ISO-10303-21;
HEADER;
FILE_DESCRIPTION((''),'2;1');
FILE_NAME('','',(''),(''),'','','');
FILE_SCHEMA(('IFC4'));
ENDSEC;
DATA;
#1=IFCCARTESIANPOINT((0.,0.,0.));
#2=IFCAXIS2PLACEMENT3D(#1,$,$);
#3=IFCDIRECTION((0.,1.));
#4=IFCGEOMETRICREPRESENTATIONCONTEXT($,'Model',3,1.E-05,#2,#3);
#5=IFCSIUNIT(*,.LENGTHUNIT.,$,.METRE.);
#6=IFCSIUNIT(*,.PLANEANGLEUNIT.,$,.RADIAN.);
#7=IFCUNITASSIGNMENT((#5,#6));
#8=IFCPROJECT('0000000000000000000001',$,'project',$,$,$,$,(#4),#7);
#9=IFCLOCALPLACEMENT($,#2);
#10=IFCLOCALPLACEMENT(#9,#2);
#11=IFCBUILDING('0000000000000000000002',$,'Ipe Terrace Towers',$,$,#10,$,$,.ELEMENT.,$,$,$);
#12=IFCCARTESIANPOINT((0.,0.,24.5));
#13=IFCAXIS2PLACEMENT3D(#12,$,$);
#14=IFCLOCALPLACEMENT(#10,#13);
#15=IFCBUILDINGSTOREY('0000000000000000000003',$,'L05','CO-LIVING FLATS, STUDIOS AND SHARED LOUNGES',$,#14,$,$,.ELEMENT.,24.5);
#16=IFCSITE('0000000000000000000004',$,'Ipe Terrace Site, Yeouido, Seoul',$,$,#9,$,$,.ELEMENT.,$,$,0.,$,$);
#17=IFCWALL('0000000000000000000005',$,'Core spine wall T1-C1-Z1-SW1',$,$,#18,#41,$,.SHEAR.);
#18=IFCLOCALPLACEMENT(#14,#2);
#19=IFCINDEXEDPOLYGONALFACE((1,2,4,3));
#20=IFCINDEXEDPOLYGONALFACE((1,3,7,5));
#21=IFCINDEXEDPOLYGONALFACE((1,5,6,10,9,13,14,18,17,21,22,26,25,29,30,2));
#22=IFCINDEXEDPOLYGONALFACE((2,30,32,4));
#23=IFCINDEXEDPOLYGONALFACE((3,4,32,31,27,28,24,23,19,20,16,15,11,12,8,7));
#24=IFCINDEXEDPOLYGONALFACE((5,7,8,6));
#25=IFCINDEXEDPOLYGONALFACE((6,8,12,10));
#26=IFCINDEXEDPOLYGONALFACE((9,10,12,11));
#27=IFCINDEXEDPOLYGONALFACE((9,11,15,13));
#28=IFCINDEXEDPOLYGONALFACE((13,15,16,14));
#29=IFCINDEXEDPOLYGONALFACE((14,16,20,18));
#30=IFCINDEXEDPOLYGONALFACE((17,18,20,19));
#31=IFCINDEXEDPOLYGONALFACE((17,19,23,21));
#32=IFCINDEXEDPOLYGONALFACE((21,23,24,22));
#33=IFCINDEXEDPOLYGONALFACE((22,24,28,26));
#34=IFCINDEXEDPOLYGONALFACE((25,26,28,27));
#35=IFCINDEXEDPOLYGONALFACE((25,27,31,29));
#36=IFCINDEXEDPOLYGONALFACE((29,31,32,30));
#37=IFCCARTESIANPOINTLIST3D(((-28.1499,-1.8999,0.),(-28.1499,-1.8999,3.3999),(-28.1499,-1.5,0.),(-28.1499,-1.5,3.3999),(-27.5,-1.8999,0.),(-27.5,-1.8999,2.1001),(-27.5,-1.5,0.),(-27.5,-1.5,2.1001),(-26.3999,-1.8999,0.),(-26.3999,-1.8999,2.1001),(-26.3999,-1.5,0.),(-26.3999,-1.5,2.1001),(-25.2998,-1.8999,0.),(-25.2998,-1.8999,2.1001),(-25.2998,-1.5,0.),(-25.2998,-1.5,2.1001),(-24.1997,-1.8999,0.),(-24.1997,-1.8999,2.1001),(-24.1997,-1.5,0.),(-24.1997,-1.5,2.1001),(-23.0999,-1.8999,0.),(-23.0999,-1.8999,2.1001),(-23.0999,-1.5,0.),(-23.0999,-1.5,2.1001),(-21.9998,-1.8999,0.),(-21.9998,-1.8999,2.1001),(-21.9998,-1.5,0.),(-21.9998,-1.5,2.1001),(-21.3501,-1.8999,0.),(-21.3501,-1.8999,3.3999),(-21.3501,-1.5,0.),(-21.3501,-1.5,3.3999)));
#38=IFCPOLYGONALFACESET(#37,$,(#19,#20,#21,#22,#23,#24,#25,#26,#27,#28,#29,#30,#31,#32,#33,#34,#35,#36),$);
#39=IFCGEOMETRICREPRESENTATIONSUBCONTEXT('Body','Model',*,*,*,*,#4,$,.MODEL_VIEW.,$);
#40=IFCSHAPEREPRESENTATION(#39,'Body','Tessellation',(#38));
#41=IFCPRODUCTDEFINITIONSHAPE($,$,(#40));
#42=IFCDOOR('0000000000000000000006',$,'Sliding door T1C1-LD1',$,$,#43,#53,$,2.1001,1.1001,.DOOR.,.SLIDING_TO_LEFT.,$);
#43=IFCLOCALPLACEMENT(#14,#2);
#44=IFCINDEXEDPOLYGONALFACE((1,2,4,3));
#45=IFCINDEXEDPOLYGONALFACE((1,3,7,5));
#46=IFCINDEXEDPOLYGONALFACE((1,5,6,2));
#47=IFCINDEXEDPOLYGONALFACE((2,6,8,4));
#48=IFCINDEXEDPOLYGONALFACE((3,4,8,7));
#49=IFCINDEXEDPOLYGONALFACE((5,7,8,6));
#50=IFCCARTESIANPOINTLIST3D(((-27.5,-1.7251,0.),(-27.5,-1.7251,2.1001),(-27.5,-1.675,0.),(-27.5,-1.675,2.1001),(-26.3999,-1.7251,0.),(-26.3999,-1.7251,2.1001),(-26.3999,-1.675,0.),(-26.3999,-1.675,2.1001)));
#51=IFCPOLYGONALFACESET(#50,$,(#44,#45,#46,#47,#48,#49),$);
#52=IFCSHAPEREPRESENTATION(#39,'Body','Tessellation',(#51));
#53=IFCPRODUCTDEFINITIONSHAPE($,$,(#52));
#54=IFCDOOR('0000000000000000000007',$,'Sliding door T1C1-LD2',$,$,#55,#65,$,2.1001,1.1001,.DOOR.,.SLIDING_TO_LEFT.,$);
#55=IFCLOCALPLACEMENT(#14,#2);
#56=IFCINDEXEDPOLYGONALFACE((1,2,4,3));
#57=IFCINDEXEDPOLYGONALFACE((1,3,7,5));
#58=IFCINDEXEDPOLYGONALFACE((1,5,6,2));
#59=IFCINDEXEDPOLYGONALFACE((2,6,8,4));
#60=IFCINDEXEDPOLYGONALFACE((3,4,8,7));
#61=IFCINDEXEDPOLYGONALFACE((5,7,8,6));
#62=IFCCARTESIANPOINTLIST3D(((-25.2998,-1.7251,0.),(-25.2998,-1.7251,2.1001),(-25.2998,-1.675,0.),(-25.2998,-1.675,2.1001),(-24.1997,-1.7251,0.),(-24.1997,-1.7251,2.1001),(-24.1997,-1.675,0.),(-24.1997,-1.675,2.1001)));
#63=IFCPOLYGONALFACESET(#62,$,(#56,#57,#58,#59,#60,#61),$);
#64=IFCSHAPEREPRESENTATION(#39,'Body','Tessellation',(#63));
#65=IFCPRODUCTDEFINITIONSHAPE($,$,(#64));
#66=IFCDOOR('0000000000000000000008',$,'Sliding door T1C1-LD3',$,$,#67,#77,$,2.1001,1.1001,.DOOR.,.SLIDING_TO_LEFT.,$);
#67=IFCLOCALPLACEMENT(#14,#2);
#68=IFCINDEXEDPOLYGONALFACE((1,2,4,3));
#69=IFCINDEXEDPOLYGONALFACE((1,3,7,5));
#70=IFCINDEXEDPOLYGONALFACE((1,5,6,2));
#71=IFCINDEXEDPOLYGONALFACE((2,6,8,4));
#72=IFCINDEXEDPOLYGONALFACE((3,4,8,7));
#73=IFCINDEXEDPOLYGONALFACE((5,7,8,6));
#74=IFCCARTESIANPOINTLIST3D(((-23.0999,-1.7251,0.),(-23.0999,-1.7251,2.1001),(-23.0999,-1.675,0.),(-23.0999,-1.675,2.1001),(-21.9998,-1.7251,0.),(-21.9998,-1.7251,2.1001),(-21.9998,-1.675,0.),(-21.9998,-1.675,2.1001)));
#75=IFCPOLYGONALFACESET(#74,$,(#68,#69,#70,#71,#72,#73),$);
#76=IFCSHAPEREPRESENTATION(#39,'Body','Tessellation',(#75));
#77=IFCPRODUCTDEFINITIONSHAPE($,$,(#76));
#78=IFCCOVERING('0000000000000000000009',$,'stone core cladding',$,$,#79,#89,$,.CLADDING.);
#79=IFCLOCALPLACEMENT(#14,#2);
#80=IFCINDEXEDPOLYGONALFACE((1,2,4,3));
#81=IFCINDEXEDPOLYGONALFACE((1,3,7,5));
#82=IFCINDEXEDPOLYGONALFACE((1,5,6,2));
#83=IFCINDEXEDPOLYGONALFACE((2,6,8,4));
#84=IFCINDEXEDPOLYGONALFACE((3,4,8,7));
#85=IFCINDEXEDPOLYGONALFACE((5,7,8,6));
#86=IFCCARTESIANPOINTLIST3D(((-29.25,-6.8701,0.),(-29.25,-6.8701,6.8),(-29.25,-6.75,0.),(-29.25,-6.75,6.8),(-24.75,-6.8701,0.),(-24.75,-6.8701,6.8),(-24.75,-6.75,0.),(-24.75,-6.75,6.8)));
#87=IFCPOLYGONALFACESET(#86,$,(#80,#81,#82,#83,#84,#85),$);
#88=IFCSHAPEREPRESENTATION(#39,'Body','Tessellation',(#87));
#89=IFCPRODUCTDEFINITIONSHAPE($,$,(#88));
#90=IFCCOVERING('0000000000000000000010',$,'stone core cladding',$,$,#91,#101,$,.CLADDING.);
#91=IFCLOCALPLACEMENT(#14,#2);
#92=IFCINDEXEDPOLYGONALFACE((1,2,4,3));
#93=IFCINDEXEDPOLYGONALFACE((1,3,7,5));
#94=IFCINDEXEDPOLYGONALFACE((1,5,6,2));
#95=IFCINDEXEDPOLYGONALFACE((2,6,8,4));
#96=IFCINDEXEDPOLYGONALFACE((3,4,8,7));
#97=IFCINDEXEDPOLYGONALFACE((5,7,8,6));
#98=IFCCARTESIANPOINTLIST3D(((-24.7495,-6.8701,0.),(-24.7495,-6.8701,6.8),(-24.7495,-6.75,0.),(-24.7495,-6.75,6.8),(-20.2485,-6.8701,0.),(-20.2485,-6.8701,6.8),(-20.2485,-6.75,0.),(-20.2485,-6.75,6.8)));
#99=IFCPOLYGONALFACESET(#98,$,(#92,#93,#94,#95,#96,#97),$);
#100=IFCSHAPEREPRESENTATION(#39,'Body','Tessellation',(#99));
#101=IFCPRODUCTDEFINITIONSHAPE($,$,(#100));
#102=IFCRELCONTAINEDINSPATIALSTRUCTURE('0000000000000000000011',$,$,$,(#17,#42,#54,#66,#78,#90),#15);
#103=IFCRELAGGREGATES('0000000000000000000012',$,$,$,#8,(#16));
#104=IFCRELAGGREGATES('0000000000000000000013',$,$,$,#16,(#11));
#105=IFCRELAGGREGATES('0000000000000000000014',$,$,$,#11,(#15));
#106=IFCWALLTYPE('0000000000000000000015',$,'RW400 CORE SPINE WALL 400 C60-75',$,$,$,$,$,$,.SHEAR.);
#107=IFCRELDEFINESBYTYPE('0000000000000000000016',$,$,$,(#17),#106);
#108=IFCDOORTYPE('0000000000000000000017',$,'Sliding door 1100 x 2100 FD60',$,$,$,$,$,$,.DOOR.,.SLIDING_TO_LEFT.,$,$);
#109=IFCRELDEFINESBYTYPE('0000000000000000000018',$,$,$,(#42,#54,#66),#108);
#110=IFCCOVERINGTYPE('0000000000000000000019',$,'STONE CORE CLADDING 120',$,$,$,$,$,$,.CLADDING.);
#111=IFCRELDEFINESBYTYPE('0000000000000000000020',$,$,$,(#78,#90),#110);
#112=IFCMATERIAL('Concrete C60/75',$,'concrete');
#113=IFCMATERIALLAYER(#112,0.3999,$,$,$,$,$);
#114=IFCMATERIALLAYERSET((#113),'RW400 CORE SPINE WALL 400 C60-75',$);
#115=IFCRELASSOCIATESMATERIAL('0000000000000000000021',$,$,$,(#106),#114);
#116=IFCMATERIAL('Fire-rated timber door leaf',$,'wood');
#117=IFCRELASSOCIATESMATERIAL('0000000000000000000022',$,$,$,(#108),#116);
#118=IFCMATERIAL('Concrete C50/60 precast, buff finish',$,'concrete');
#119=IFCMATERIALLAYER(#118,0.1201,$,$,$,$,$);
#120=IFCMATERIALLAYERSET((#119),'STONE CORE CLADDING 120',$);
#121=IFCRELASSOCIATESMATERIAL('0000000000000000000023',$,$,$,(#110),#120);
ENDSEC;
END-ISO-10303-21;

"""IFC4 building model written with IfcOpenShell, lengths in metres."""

from ifc_helpers import new_model, si_unit, direction, frame, frame_2d, origin, origin_2d, place, context, subcontext, project, spatial, rectangle, extrude, material, layer, layer_set, type_object, element, fill, save


model = new_model("IFC4")

# Units and contexts
model_context = context("Model", 3, precision=1e-05, world=origin(), true_north=direction((0.0, 1.0)))
body_context = subcontext(model_context, "Body", "Model", "MODEL_VIEW")
ifc_project = project(units=[si_unit("LENGTHUNIT", "METRE"), si_unit("PLANEANGLEUNIT", "RADIAN")], contexts=[model_context])

# Site, building, storey
site_placement = place(None, origin())
site = spatial("IfcSite", under=ifc_project, at=site_placement, Name="Ipe Terrace Site, Yeouido, Seoul", CompositionType="ELEMENT", RefElevation=0.0)
building_placement = place(site_placement, origin())
building = spatial("IfcBuilding", under=site, at=building_placement, Name="Ipe Terrace Towers", CompositionType="ELEMENT")
storey_placement = place(building_placement, frame((0.0, 0.0, 24.5)))
storey = spatial("IfcBuildingStorey", under=building, at=storey_placement, Name="L05", Description="CO-LIVING FLATS, STUDIOS AND SHARED LOUNGES", CompositionType="ELEMENT", Elevation=24.5)

# Wall, openings, doors
ifc_material_1 = material(Name="Concrete C60/75", Category="concrete")
ifc_layer_1 = layer(ifc_material_1, 0.3999)
ifc_layer_set_1 = layer_set([ifc_layer_1], Name="RW400 CORE SPINE WALL 400 C60-75")
wall_type_1 = type_object("IfcWallType", Name="RW400 CORE SPINE WALL 400 C60-75", PredefinedType="SHEAR", material=ifc_layer_set_1)
wall_1_placement = place(storey_placement, frame((-28.1499, -1.7, 0.0), z_axis=(0.0, 0.0, 1.0), x_axis=(1.0, 0.0, 0.0)))
wall_1 = element("IfcWall", 1, at=wall_1_placement, inside=storey, type_object=wall_type_1, Name="Core spine wall T1-C1-Z1-SW1", PredefinedType="SHEAR", context=body_context, shape_type="SweptSolid", body=[
    extrude(rectangle(XDim=6.7998, YDim=0.3999, at=frame_2d((3.3999, 0.0))), origin(), (0.0, 0.0, 1.0), 3.3999),
])
opening_1_placement = place(wall_1_placement, frame((0.6499, 0.0, 0.0)))
opening_1 = element("IfcOpeningElement", 2, at=opening_1_placement, cuts=wall_1, PredefinedType="OPENING", context=body_context, shape_type="SweptSolid", body=[
    extrude(rectangle(XDim=1.1001, YDim=2.1001, at=frame_2d((0.55, 1.05))), frame((0.0, 0.21, 0.0), z_axis=(0.0, -1.0, 0.0), x_axis=(1.0, 0.0, 0.0)), (0.0, 0.0, 1.0), 0.4199),
])
opening_2_placement = place(wall_1_placement, frame((2.8501, 0.0, 0.0)))
opening_2 = element("IfcOpeningElement", 3, at=opening_2_placement, cuts=wall_1, PredefinedType="OPENING", context=body_context, shape_type="SweptSolid", body=[
    extrude(rectangle(XDim=1.1001, YDim=2.1001, at=frame_2d((0.55, 1.05))), frame((0.0, 0.21, 0.0), z_axis=(0.0, -1.0, 0.0), x_axis=(1.0, 0.0, 0.0)), (0.0, 0.0, 1.0), 0.4199),
])
opening_3_placement = place(wall_1_placement, frame((5.05, 0.0, 0.0)))
opening_3 = element("IfcOpeningElement", 4, at=opening_3_placement, cuts=wall_1, PredefinedType="OPENING", context=body_context, shape_type="SweptSolid", body=[
    extrude(rectangle(XDim=1.1001, YDim=2.1001, at=frame_2d((0.55, 1.05))), frame((0.0, 0.21, 0.0), z_axis=(0.0, -1.0, 0.0), x_axis=(1.0, 0.0, 0.0)), (0.0, 0.0, 1.0), 0.4199),
])
ifc_material_2 = material(Name="Fire-rated timber door leaf", Category="wood")
door_type_1 = type_object("IfcDoorType", Name="Sliding door 1100 x 2100 FD60", OperationType="SLIDING_TO_LEFT", PredefinedType="DOOR", material=ifc_material_2)
door_1_placement = place(opening_1_placement, origin())
door_1 = element("IfcDoor", 5, at=door_1_placement, inside=storey, type_object=door_type_1, Name="Sliding door T1C1-LD1", OperationType="SLIDING_TO_LEFT", OverallHeight=2.1001, OverallWidth=1.1001, PredefinedType="DOOR", context=body_context, shape_type="SweptSolid", body=[
    extrude(rectangle(XDim=1.1001, YDim=2.1001, at=frame_2d((0.55, 1.05))), frame((0.0, 0.0249, 0.0), z_axis=(0.0, -1.0, 0.0), x_axis=(1.0, 0.0, 0.0)), (0.0, 0.0, 1.0), 0.05),
])
fill(opening_1, door_1)
door_2_placement = place(opening_2_placement, origin())
door_2 = element("IfcDoor", 6, at=door_2_placement, inside=storey, type_object=door_type_1, Name="Sliding door T1C1-LD2", OperationType="SLIDING_TO_LEFT", OverallHeight=2.1001, OverallWidth=1.1001, PredefinedType="DOOR", context=body_context, shape_type="SweptSolid", body=[
    extrude(rectangle(XDim=1.1001, YDim=2.1001, at=frame_2d((0.55, 1.05))), frame((0.0, 0.0249, 0.0), z_axis=(0.0, -1.0, 0.0), x_axis=(1.0, 0.0, 0.0)), (0.0, 0.0, 1.0), 0.05),
])
fill(opening_2, door_2)
door_3_placement = place(opening_3_placement, origin())
door_3 = element("IfcDoor", 7, at=door_3_placement, inside=storey, type_object=door_type_1, Name="Sliding door T1C1-LD3", OperationType="SLIDING_TO_LEFT", OverallHeight=2.1001, OverallWidth=1.1001, PredefinedType="DOOR", context=body_context, shape_type="SweptSolid", body=[
    extrude(rectangle(XDim=1.1001, YDim=2.1001, at=frame_2d((0.55, 1.05))), frame((0.0, 0.0249, 0.0), z_axis=(0.0, -1.0, 0.0), x_axis=(1.0, 0.0, 0.0)), (0.0, 0.0, 1.0), 0.05),
])
fill(opening_3, door_3)

# Coverings
ifc_material_3 = material(Name="Concrete C50/60 precast, buff finish", Category="concrete")
ifc_layer_2 = layer(ifc_material_3, 0.1201)
ifc_layer_set_2 = layer_set([ifc_layer_2], Name="STONE CORE CLADDING 120")
covering_type = type_object("IfcCoveringType", Name="STONE CORE CLADDING 120", PredefinedType="CLADDING", material=ifc_layer_set_2)
covering_1_placement = place(storey_placement, frame((-27.0, -6.8101, 0.0), z_axis=(0.0, 0.0, 1.0), x_axis=(1.0, 0.0, 0.0)))
element("IfcCovering", 8, at=covering_1_placement, inside=storey, type_object=covering_type, Name="stone core cladding", PredefinedType="CLADDING", context=body_context, shape_type="SweptSolid", body=[
    extrude(rectangle(XDim=4.5, YDim=0.1201, at=origin_2d()), origin(), (0.0, 0.0, 1.0), 6.8),
])
covering_2_placement = place(storey_placement, frame((-22.499, -6.8101, 0.0), z_axis=(0.0, 0.0, 1.0), x_axis=(1.0, 0.0, 0.0)))
element("IfcCovering", 9, at=covering_2_placement, inside=storey, type_object=covering_type, Name="stone core cladding", PredefinedType="CLADDING", context=body_context, shape_type="SweptSolid", body=[
    extrude(rectangle(XDim=4.501, YDim=0.1201, at=origin_2d()), origin(), (0.0, 0.0, 1.0), 6.8),
])

save(model, "model.ifc")
